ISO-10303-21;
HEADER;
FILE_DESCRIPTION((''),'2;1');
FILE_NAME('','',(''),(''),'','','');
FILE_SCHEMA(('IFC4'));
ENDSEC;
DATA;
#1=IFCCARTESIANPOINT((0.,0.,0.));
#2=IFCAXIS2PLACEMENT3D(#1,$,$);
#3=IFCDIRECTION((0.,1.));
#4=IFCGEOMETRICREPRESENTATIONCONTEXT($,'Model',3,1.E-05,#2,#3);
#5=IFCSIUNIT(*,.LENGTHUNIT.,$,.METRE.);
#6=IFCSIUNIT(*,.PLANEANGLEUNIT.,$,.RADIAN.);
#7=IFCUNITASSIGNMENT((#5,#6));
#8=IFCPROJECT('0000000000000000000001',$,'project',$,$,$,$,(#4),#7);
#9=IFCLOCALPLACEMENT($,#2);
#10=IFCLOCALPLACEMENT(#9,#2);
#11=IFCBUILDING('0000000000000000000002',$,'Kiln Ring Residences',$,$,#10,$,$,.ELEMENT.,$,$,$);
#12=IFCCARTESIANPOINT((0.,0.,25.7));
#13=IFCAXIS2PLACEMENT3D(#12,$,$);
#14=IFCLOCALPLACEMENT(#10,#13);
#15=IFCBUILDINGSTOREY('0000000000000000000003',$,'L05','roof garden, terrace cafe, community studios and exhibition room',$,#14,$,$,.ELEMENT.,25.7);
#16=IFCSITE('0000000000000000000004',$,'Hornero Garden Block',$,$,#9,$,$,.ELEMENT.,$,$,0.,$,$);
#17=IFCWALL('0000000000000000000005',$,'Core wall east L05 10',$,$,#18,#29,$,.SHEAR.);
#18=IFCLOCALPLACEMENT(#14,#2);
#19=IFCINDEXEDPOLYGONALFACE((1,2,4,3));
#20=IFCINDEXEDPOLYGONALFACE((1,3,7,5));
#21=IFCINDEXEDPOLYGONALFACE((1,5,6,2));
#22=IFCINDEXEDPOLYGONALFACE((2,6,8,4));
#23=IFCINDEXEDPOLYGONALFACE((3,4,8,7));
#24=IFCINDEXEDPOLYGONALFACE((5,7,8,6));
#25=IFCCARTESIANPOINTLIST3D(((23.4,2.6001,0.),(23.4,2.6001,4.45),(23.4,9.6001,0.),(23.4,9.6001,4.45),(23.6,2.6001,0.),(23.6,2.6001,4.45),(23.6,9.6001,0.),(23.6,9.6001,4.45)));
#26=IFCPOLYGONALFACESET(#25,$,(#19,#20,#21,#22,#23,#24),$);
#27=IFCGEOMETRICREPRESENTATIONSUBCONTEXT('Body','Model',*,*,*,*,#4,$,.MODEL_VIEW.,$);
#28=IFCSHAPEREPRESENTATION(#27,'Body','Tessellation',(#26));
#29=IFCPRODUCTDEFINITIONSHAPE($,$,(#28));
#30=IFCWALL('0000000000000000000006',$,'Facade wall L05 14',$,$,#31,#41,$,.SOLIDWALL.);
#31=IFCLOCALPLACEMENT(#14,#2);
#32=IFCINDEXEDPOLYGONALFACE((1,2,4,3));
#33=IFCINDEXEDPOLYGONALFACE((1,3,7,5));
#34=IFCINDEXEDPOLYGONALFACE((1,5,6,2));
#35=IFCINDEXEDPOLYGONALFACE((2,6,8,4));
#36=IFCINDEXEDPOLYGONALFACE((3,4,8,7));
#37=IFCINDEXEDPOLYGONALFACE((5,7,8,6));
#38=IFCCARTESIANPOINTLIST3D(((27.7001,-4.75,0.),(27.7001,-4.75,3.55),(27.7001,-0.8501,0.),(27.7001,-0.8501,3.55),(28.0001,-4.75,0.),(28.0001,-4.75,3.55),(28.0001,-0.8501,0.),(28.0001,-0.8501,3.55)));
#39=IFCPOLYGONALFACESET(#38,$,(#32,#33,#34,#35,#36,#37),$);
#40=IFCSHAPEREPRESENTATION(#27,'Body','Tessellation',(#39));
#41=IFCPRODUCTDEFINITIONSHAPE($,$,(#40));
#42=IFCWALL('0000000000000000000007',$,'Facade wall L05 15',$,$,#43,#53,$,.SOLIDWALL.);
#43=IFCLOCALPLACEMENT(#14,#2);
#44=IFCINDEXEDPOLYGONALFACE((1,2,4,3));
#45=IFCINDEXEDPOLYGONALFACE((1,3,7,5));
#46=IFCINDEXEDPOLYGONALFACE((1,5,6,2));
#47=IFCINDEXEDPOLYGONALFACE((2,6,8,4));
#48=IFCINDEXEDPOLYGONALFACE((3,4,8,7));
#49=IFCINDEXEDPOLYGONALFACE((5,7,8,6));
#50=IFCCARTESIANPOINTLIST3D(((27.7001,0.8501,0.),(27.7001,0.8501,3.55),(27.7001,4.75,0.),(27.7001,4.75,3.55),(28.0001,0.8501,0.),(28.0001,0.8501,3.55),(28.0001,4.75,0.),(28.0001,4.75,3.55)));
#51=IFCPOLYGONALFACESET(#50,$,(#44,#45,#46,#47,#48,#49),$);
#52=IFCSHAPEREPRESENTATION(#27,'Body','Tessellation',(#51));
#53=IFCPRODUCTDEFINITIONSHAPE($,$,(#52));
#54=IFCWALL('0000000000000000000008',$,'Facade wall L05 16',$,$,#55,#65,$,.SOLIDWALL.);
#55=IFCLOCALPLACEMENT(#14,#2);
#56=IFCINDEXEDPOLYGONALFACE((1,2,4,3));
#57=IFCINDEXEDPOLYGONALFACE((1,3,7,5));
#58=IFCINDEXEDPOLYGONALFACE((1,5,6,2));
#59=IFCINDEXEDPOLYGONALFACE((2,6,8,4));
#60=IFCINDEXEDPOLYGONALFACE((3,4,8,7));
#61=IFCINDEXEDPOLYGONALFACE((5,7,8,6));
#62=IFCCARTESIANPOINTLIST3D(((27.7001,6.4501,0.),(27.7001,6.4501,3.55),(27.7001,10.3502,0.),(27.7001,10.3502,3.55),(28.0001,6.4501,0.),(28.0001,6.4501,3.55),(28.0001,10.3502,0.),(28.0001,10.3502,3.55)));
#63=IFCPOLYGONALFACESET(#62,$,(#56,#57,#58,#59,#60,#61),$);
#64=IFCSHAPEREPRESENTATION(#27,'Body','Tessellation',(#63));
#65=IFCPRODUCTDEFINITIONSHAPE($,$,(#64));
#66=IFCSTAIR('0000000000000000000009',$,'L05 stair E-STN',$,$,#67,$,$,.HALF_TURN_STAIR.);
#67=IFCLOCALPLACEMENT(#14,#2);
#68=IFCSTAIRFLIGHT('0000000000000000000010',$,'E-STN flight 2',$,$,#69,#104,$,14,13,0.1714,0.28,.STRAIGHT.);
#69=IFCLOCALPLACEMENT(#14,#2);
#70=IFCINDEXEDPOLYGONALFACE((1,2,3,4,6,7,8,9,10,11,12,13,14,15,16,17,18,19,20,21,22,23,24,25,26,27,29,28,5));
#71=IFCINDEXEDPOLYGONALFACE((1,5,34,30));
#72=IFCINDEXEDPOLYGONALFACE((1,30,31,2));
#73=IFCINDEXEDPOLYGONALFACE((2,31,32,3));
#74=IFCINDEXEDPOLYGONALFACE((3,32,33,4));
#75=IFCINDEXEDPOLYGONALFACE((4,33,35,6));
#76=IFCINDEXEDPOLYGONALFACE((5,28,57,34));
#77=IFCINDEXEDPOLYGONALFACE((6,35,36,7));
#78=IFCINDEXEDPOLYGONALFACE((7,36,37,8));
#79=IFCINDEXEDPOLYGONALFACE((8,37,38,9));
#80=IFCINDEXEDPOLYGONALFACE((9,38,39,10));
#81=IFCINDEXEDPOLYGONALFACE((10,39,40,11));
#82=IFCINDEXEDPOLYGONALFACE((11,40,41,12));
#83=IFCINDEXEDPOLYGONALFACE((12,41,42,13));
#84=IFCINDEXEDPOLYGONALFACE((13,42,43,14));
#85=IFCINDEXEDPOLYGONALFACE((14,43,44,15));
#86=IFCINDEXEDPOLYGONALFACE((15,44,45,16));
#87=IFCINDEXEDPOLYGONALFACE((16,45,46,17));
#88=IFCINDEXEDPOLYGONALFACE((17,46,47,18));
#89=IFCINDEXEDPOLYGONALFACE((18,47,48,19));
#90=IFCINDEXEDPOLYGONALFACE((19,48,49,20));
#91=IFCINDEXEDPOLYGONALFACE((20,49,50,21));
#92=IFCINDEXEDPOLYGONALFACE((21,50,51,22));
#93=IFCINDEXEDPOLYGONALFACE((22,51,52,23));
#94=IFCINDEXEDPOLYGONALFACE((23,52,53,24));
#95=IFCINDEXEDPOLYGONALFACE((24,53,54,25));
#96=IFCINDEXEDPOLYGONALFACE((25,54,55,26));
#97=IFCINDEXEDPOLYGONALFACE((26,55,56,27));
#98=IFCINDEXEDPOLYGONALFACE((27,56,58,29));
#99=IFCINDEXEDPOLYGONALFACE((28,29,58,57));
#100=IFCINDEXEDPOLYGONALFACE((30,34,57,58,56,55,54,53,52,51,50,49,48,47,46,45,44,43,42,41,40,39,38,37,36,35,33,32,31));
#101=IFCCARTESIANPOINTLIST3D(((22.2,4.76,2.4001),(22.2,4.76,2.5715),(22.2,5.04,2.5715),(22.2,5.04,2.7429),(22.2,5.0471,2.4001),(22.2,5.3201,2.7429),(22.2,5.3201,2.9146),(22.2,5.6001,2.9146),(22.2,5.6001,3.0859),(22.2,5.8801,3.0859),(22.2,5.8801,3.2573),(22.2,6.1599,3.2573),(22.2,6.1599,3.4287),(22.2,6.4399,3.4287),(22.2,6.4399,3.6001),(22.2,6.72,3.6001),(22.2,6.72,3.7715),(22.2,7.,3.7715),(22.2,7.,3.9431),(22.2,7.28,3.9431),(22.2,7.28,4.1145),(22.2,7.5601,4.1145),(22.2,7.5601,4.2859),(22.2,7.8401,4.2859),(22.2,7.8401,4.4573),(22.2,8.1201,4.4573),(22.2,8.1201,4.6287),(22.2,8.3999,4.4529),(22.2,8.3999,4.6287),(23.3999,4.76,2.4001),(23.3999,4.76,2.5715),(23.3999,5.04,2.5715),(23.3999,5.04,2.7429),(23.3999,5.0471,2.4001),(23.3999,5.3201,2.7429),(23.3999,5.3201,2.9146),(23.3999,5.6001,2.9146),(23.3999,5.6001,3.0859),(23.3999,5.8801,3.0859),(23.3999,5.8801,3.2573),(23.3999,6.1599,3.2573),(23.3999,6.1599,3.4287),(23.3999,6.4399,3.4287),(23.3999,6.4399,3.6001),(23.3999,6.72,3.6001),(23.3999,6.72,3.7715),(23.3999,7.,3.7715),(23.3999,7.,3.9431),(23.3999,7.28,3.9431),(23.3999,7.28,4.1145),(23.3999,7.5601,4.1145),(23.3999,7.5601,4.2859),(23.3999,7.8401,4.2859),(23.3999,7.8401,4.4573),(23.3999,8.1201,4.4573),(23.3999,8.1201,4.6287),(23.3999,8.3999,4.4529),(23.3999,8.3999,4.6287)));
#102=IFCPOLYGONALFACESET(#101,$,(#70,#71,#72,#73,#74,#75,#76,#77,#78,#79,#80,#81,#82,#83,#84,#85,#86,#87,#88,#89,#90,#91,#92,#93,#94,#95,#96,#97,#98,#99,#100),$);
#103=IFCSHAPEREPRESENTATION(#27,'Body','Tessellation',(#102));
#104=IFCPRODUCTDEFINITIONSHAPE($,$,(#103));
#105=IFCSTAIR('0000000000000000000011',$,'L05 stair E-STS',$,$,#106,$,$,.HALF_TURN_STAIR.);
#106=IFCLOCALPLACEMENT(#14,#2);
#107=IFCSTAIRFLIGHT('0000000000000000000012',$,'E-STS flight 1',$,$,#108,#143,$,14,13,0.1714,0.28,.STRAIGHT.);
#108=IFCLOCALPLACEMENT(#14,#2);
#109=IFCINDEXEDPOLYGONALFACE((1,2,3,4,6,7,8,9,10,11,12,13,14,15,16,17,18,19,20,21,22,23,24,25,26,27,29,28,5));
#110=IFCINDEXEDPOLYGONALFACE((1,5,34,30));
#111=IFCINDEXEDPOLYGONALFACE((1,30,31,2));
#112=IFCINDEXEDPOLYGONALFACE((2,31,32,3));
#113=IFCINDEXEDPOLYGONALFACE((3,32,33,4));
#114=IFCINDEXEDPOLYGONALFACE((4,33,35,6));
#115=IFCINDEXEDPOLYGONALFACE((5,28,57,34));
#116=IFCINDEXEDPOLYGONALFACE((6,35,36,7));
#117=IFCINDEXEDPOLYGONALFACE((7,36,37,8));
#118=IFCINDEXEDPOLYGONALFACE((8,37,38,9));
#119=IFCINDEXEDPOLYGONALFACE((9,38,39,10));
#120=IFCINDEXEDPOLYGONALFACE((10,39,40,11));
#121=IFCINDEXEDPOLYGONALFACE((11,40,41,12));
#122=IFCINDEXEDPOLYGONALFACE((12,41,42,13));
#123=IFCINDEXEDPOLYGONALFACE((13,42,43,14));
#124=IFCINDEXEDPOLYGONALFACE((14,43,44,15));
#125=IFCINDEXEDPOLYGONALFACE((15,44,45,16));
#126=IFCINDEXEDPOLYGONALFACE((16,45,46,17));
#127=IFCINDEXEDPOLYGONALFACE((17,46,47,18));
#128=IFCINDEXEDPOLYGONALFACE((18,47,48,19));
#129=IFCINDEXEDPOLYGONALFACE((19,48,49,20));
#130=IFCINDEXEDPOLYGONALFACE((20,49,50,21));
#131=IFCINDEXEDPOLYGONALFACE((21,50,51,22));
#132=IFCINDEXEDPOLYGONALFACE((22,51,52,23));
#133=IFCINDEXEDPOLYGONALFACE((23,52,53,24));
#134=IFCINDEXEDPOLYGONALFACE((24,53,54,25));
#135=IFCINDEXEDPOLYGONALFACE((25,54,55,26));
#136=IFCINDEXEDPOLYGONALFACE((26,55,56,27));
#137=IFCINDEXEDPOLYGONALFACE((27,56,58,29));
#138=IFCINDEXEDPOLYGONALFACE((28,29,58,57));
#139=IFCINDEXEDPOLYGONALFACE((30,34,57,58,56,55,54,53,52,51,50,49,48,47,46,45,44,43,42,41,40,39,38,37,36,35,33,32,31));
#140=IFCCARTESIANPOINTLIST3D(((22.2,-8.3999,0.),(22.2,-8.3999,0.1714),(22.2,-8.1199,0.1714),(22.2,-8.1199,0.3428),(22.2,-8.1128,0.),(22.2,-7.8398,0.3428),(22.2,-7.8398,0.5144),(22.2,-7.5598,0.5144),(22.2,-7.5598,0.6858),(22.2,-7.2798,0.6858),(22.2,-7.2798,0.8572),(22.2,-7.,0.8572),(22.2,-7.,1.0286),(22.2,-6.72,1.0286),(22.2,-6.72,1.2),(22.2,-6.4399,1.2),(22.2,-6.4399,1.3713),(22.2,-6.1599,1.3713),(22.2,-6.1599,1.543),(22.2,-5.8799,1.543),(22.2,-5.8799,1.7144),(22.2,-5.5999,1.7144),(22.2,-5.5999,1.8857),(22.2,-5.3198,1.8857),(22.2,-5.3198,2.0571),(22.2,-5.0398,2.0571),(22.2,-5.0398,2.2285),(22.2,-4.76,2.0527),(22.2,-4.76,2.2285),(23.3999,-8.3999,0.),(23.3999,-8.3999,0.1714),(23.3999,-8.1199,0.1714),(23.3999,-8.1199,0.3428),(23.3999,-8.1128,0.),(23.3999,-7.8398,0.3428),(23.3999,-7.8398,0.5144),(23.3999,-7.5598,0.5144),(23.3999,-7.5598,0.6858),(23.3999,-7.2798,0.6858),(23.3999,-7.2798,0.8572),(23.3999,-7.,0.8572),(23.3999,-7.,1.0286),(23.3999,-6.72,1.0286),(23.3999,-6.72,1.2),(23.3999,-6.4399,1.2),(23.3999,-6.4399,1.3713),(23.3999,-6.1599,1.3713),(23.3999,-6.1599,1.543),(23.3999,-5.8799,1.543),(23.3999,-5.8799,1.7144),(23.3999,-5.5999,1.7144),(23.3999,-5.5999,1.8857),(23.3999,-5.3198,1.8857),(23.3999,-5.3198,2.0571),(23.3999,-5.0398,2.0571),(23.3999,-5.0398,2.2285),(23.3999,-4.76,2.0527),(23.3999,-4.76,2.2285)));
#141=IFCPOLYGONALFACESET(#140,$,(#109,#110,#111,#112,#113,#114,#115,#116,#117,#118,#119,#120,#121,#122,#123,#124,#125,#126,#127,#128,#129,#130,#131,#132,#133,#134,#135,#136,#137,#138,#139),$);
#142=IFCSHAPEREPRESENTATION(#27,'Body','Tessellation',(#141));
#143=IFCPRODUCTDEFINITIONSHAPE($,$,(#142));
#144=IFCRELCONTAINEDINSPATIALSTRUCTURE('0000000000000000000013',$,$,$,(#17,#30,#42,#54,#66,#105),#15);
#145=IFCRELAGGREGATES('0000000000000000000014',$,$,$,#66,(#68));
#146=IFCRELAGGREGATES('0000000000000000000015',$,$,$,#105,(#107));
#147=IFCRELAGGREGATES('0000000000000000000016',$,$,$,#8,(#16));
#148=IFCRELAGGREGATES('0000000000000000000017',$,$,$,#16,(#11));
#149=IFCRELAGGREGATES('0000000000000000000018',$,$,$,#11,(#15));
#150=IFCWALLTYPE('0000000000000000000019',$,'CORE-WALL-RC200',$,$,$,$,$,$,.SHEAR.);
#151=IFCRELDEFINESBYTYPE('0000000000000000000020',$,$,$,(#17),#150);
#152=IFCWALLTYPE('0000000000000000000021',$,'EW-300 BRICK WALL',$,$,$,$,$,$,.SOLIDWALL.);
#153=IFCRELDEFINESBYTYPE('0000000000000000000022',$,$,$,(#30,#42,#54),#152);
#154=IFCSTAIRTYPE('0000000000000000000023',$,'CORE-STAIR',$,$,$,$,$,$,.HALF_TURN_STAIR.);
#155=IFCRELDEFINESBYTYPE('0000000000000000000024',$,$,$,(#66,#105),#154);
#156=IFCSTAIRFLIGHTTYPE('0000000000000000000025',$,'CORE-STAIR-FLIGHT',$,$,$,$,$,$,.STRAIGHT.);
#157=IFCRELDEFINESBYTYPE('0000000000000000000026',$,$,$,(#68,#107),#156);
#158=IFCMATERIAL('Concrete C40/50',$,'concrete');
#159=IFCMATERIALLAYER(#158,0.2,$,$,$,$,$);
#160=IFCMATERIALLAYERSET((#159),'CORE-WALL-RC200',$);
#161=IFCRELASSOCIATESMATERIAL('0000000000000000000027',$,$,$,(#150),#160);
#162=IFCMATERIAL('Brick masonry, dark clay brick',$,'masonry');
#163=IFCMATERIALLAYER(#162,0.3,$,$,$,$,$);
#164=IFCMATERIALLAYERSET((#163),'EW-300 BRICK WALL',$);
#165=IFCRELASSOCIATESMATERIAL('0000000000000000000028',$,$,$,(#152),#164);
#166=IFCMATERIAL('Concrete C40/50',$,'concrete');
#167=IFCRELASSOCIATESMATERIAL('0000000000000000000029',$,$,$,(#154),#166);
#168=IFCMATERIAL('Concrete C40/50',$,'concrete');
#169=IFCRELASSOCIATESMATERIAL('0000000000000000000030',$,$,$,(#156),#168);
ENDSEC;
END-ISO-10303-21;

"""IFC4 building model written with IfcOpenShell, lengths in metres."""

from ifc_helpers import new_model, si_unit, direction, frame, frame_2d, origin, place, context, subcontext, project, spatial, polyline, rectangle, outline, extrude, material, layer, layer_set, type_object, element, aggregate, save


model = new_model("IFC4")

# Units and contexts
model_context = context("Model", 3, precision=1e-05, world=origin(), true_north=direction((0.0, 1.0)))
body_context = subcontext(model_context, "Body", "Model", "MODEL_VIEW")
ifc_project = project(units=[si_unit("LENGTHUNIT", "METRE"), si_unit("PLANEANGLEUNIT", "RADIAN")], contexts=[model_context])

# Site, building, storey
site_placement = place(None, origin())
site = spatial("IfcSite", under=ifc_project, at=site_placement, Name="Hornero Garden Block", CompositionType="ELEMENT", RefElevation=0.0)
building_placement = place(site_placement, origin())
building = spatial("IfcBuilding", under=site, at=building_placement, Name="Kiln Ring Residences", CompositionType="ELEMENT")
storey_placement = place(building_placement, frame((0.0, 0.0, 25.7)))
storey = spatial("IfcBuildingStorey", under=building, at=storey_placement, Name="L05", Description="roof garden, terrace cafe, community studios and exhibition room", CompositionType="ELEMENT", Elevation=25.7)

# Walls
ifc_material_1 = material(Name="Concrete C40/50", Category="concrete")
ifc_layer_1 = layer(ifc_material_1, 0.2)
ifc_layer_set_1 = layer_set([ifc_layer_1], Name="CORE-WALL-RC200")
wall_type_1 = type_object("IfcWallType", Name="CORE-WALL-RC200", PredefinedType="SHEAR", material=ifc_layer_set_1)
wall_1_placement = place(storey_placement, frame((23.5, 2.6001, 0.0), z_axis=(0.0, 0.0, 1.0), x_axis=(0.0, 1.0, 0.0)))
element("IfcWall", 1, at=wall_1_placement, inside=storey, type_object=wall_type_1, Name="Core wall east L05 10", PredefinedType="SHEAR", context=body_context, shape_type="SweptSolid", body=[
    extrude(rectangle(XDim=7.0, YDim=0.2, at=frame_2d((3.5, 0.0))), origin(), (0.0, 0.0, 1.0), 4.45),
])
ifc_material_2 = material(Name="Brick masonry, dark clay brick", Category="masonry")
ifc_layer_2 = layer(ifc_material_2, 0.3)
ifc_layer_set_2 = layer_set([ifc_layer_2], Name="EW-300 BRICK WALL")
wall_type_2 = type_object("IfcWallType", Name="EW-300 BRICK WALL", PredefinedType="SOLIDWALL", material=ifc_layer_set_2)
for number, where, z_axis, x_axis, name in (
    (2, (27.8501, -4.75, 0.0), (0.0, 0.0, 1.0), (0.0, 1.0, 0.0), "Facade wall L05 14"),
    (3, (27.8501, 0.8501, 0.0), (0.0, 0.0, 1.0), (0.0, 1.0, 0.0), "Facade wall L05 15"),
):
    element("IfcWall", number, at=place(storey_placement, frame(where, z_axis=z_axis, x_axis=x_axis)), inside=storey, type_object=wall_type_2, Name=name, PredefinedType="SOLIDWALL", context=body_context, shape_type="SweptSolid", body=[
        extrude(rectangle(XDim=3.8999, YDim=0.3, at=frame_2d((1.95, 0.0))), origin(), (0.0, 0.0, 1.0), 3.55),
    ])
wall_2_placement = place(storey_placement, frame((27.8501, 6.45, 0.0), z_axis=(0.0, 0.0, 1.0), x_axis=(0.0, 1.0, 0.0)))
element("IfcWall", 4, at=wall_2_placement, inside=storey, type_object=wall_type_2, Name="Facade wall L05 16", PredefinedType="SOLIDWALL", context=body_context, shape_type="SweptSolid", body=[
    extrude(rectangle(XDim=3.9001, YDim=0.3, at=frame_2d((1.9502, 0.0))), origin(), (0.0, 0.0, 1.0), 3.55),
])

# Stairs, stair flights
ifc_material_3 = material(Name="Concrete C40/50", Category="concrete")
stair_type = type_object("IfcStairType", Name="CORE-STAIR", PredefinedType="HALF_TURN_STAIR", material=ifc_material_3)
placement = place(storey_placement, origin())
stair_1 = element("IfcStair", 5, at=placement, inside=storey, type_object=stair_type, Name="L05 stair E-STN", PredefinedType="HALF_TURN_STAIR")
ifc_material_4 = material(Name="Concrete C40/50", Category="concrete")
stair_flight_type = type_object("IfcStairFlightType", Name="CORE-STAIR-FLIGHT", PredefinedType="STRAIGHT", material=ifc_material_4)
stair_flight_1_placement = place(storey_placement, frame((22.8, 4.76, 2.4001), z_axis=(0.0, 0.0, 1.0), x_axis=(0.0, 1.0, 0.0)))
stair_flight_1 = element("IfcStairFlight", 6, at=stair_flight_1_placement, type_object=stair_flight_type, Name="E-STN flight 2", NumberOfRisers=14, NumberOfTreads=13, PredefinedType="STRAIGHT", RiserHeight=0.1714, TreadLength=0.28, context=body_context, shape_type="SweptSolid", body=[
    extrude(outline(polyline([(0.0, 0.0), (0.0, 0.1714), (0.28, 0.1714), (0.28, 0.3428), (0.5601, 0.3428), (0.5601, 0.5144), (0.8401, 0.5144), (0.8401, 0.6858), (1.1201, 0.6858), (1.1201, 0.8572), (1.3999, 0.8572), (1.3999, 1.0286), (1.6799, 1.0286), (1.6799, 1.2), (1.96, 1.2), (1.96, 1.3713), (2.24, 1.3713), (2.24, 1.543), (2.52, 1.543), (2.52, 1.7144), (2.8, 1.7144), (2.8, 1.8857), (3.0801, 1.8857), (3.0801, 2.0571), (3.3601, 2.0571), (3.3601, 2.2285), (3.6399, 2.2285), (3.6399, 2.3999), (3.6399, 2.0527), (0.2871, 0.0), (0.0, 0.0)])), frame((0.0, 0.6001, 0.0), z_axis=(0.0, -1.0, 0.0), x_axis=(1.0, 0.0, 0.0)), (0.0, 0.0, 1.0), 1.2),
])
aggregate(stair_1, [stair_flight_1])
stair_2 = element("IfcStair", 7, at=placement, inside=storey, type_object=stair_type, Name="L05 stair E-STS", PredefinedType="HALF_TURN_STAIR")
stair_flight_2_placement = place(storey_placement, frame((22.8, -8.3999, 0.0), z_axis=(0.0, 0.0, 1.0), x_axis=(0.0, 1.0, 0.0)))
stair_flight_2 = element("IfcStairFlight", 8, at=stair_flight_2_placement, type_object=stair_flight_type, Name="E-STS flight 1", NumberOfRisers=14, NumberOfTreads=13, PredefinedType="STRAIGHT", RiserHeight=0.1714, TreadLength=0.28, context=body_context, shape_type="SweptSolid", body=[
    extrude(outline(polyline([(0.0, 0.0), (0.0, 0.1714), (0.28, 0.1714), (0.28, 0.3428), (0.5601, 0.3428), (0.5601, 0.5144), (0.8401, 0.5144), (0.8401, 0.6858), (1.1201, 0.6858), (1.1201, 0.8572), (1.3999, 0.8572), (1.3999, 1.0286), (1.6799, 1.0286), (1.6799, 1.2), (1.96, 1.2), (1.96, 1.3713), (2.24, 1.3713), (2.24, 1.543), (2.52, 1.543), (2.52, 1.7144), (2.8, 1.7144), (2.8, 1.8857), (3.0801, 1.8857), (3.0801, 2.0571), (3.3601, 2.0571), (3.3601, 2.2285), (3.6399, 2.2285), (3.6399, 2.3999), (3.6399, 2.0527), (0.2871, 0.0), (0.0, 0.0)])), frame((0.0, 0.6001, 0.0), z_axis=(0.0, -1.0, 0.0), x_axis=(1.0, 0.0, 0.0)), (0.0, 0.0, 1.0), 1.2),
])
aggregate(stair_2, [stair_flight_2])

save(model, "model.ifc")
